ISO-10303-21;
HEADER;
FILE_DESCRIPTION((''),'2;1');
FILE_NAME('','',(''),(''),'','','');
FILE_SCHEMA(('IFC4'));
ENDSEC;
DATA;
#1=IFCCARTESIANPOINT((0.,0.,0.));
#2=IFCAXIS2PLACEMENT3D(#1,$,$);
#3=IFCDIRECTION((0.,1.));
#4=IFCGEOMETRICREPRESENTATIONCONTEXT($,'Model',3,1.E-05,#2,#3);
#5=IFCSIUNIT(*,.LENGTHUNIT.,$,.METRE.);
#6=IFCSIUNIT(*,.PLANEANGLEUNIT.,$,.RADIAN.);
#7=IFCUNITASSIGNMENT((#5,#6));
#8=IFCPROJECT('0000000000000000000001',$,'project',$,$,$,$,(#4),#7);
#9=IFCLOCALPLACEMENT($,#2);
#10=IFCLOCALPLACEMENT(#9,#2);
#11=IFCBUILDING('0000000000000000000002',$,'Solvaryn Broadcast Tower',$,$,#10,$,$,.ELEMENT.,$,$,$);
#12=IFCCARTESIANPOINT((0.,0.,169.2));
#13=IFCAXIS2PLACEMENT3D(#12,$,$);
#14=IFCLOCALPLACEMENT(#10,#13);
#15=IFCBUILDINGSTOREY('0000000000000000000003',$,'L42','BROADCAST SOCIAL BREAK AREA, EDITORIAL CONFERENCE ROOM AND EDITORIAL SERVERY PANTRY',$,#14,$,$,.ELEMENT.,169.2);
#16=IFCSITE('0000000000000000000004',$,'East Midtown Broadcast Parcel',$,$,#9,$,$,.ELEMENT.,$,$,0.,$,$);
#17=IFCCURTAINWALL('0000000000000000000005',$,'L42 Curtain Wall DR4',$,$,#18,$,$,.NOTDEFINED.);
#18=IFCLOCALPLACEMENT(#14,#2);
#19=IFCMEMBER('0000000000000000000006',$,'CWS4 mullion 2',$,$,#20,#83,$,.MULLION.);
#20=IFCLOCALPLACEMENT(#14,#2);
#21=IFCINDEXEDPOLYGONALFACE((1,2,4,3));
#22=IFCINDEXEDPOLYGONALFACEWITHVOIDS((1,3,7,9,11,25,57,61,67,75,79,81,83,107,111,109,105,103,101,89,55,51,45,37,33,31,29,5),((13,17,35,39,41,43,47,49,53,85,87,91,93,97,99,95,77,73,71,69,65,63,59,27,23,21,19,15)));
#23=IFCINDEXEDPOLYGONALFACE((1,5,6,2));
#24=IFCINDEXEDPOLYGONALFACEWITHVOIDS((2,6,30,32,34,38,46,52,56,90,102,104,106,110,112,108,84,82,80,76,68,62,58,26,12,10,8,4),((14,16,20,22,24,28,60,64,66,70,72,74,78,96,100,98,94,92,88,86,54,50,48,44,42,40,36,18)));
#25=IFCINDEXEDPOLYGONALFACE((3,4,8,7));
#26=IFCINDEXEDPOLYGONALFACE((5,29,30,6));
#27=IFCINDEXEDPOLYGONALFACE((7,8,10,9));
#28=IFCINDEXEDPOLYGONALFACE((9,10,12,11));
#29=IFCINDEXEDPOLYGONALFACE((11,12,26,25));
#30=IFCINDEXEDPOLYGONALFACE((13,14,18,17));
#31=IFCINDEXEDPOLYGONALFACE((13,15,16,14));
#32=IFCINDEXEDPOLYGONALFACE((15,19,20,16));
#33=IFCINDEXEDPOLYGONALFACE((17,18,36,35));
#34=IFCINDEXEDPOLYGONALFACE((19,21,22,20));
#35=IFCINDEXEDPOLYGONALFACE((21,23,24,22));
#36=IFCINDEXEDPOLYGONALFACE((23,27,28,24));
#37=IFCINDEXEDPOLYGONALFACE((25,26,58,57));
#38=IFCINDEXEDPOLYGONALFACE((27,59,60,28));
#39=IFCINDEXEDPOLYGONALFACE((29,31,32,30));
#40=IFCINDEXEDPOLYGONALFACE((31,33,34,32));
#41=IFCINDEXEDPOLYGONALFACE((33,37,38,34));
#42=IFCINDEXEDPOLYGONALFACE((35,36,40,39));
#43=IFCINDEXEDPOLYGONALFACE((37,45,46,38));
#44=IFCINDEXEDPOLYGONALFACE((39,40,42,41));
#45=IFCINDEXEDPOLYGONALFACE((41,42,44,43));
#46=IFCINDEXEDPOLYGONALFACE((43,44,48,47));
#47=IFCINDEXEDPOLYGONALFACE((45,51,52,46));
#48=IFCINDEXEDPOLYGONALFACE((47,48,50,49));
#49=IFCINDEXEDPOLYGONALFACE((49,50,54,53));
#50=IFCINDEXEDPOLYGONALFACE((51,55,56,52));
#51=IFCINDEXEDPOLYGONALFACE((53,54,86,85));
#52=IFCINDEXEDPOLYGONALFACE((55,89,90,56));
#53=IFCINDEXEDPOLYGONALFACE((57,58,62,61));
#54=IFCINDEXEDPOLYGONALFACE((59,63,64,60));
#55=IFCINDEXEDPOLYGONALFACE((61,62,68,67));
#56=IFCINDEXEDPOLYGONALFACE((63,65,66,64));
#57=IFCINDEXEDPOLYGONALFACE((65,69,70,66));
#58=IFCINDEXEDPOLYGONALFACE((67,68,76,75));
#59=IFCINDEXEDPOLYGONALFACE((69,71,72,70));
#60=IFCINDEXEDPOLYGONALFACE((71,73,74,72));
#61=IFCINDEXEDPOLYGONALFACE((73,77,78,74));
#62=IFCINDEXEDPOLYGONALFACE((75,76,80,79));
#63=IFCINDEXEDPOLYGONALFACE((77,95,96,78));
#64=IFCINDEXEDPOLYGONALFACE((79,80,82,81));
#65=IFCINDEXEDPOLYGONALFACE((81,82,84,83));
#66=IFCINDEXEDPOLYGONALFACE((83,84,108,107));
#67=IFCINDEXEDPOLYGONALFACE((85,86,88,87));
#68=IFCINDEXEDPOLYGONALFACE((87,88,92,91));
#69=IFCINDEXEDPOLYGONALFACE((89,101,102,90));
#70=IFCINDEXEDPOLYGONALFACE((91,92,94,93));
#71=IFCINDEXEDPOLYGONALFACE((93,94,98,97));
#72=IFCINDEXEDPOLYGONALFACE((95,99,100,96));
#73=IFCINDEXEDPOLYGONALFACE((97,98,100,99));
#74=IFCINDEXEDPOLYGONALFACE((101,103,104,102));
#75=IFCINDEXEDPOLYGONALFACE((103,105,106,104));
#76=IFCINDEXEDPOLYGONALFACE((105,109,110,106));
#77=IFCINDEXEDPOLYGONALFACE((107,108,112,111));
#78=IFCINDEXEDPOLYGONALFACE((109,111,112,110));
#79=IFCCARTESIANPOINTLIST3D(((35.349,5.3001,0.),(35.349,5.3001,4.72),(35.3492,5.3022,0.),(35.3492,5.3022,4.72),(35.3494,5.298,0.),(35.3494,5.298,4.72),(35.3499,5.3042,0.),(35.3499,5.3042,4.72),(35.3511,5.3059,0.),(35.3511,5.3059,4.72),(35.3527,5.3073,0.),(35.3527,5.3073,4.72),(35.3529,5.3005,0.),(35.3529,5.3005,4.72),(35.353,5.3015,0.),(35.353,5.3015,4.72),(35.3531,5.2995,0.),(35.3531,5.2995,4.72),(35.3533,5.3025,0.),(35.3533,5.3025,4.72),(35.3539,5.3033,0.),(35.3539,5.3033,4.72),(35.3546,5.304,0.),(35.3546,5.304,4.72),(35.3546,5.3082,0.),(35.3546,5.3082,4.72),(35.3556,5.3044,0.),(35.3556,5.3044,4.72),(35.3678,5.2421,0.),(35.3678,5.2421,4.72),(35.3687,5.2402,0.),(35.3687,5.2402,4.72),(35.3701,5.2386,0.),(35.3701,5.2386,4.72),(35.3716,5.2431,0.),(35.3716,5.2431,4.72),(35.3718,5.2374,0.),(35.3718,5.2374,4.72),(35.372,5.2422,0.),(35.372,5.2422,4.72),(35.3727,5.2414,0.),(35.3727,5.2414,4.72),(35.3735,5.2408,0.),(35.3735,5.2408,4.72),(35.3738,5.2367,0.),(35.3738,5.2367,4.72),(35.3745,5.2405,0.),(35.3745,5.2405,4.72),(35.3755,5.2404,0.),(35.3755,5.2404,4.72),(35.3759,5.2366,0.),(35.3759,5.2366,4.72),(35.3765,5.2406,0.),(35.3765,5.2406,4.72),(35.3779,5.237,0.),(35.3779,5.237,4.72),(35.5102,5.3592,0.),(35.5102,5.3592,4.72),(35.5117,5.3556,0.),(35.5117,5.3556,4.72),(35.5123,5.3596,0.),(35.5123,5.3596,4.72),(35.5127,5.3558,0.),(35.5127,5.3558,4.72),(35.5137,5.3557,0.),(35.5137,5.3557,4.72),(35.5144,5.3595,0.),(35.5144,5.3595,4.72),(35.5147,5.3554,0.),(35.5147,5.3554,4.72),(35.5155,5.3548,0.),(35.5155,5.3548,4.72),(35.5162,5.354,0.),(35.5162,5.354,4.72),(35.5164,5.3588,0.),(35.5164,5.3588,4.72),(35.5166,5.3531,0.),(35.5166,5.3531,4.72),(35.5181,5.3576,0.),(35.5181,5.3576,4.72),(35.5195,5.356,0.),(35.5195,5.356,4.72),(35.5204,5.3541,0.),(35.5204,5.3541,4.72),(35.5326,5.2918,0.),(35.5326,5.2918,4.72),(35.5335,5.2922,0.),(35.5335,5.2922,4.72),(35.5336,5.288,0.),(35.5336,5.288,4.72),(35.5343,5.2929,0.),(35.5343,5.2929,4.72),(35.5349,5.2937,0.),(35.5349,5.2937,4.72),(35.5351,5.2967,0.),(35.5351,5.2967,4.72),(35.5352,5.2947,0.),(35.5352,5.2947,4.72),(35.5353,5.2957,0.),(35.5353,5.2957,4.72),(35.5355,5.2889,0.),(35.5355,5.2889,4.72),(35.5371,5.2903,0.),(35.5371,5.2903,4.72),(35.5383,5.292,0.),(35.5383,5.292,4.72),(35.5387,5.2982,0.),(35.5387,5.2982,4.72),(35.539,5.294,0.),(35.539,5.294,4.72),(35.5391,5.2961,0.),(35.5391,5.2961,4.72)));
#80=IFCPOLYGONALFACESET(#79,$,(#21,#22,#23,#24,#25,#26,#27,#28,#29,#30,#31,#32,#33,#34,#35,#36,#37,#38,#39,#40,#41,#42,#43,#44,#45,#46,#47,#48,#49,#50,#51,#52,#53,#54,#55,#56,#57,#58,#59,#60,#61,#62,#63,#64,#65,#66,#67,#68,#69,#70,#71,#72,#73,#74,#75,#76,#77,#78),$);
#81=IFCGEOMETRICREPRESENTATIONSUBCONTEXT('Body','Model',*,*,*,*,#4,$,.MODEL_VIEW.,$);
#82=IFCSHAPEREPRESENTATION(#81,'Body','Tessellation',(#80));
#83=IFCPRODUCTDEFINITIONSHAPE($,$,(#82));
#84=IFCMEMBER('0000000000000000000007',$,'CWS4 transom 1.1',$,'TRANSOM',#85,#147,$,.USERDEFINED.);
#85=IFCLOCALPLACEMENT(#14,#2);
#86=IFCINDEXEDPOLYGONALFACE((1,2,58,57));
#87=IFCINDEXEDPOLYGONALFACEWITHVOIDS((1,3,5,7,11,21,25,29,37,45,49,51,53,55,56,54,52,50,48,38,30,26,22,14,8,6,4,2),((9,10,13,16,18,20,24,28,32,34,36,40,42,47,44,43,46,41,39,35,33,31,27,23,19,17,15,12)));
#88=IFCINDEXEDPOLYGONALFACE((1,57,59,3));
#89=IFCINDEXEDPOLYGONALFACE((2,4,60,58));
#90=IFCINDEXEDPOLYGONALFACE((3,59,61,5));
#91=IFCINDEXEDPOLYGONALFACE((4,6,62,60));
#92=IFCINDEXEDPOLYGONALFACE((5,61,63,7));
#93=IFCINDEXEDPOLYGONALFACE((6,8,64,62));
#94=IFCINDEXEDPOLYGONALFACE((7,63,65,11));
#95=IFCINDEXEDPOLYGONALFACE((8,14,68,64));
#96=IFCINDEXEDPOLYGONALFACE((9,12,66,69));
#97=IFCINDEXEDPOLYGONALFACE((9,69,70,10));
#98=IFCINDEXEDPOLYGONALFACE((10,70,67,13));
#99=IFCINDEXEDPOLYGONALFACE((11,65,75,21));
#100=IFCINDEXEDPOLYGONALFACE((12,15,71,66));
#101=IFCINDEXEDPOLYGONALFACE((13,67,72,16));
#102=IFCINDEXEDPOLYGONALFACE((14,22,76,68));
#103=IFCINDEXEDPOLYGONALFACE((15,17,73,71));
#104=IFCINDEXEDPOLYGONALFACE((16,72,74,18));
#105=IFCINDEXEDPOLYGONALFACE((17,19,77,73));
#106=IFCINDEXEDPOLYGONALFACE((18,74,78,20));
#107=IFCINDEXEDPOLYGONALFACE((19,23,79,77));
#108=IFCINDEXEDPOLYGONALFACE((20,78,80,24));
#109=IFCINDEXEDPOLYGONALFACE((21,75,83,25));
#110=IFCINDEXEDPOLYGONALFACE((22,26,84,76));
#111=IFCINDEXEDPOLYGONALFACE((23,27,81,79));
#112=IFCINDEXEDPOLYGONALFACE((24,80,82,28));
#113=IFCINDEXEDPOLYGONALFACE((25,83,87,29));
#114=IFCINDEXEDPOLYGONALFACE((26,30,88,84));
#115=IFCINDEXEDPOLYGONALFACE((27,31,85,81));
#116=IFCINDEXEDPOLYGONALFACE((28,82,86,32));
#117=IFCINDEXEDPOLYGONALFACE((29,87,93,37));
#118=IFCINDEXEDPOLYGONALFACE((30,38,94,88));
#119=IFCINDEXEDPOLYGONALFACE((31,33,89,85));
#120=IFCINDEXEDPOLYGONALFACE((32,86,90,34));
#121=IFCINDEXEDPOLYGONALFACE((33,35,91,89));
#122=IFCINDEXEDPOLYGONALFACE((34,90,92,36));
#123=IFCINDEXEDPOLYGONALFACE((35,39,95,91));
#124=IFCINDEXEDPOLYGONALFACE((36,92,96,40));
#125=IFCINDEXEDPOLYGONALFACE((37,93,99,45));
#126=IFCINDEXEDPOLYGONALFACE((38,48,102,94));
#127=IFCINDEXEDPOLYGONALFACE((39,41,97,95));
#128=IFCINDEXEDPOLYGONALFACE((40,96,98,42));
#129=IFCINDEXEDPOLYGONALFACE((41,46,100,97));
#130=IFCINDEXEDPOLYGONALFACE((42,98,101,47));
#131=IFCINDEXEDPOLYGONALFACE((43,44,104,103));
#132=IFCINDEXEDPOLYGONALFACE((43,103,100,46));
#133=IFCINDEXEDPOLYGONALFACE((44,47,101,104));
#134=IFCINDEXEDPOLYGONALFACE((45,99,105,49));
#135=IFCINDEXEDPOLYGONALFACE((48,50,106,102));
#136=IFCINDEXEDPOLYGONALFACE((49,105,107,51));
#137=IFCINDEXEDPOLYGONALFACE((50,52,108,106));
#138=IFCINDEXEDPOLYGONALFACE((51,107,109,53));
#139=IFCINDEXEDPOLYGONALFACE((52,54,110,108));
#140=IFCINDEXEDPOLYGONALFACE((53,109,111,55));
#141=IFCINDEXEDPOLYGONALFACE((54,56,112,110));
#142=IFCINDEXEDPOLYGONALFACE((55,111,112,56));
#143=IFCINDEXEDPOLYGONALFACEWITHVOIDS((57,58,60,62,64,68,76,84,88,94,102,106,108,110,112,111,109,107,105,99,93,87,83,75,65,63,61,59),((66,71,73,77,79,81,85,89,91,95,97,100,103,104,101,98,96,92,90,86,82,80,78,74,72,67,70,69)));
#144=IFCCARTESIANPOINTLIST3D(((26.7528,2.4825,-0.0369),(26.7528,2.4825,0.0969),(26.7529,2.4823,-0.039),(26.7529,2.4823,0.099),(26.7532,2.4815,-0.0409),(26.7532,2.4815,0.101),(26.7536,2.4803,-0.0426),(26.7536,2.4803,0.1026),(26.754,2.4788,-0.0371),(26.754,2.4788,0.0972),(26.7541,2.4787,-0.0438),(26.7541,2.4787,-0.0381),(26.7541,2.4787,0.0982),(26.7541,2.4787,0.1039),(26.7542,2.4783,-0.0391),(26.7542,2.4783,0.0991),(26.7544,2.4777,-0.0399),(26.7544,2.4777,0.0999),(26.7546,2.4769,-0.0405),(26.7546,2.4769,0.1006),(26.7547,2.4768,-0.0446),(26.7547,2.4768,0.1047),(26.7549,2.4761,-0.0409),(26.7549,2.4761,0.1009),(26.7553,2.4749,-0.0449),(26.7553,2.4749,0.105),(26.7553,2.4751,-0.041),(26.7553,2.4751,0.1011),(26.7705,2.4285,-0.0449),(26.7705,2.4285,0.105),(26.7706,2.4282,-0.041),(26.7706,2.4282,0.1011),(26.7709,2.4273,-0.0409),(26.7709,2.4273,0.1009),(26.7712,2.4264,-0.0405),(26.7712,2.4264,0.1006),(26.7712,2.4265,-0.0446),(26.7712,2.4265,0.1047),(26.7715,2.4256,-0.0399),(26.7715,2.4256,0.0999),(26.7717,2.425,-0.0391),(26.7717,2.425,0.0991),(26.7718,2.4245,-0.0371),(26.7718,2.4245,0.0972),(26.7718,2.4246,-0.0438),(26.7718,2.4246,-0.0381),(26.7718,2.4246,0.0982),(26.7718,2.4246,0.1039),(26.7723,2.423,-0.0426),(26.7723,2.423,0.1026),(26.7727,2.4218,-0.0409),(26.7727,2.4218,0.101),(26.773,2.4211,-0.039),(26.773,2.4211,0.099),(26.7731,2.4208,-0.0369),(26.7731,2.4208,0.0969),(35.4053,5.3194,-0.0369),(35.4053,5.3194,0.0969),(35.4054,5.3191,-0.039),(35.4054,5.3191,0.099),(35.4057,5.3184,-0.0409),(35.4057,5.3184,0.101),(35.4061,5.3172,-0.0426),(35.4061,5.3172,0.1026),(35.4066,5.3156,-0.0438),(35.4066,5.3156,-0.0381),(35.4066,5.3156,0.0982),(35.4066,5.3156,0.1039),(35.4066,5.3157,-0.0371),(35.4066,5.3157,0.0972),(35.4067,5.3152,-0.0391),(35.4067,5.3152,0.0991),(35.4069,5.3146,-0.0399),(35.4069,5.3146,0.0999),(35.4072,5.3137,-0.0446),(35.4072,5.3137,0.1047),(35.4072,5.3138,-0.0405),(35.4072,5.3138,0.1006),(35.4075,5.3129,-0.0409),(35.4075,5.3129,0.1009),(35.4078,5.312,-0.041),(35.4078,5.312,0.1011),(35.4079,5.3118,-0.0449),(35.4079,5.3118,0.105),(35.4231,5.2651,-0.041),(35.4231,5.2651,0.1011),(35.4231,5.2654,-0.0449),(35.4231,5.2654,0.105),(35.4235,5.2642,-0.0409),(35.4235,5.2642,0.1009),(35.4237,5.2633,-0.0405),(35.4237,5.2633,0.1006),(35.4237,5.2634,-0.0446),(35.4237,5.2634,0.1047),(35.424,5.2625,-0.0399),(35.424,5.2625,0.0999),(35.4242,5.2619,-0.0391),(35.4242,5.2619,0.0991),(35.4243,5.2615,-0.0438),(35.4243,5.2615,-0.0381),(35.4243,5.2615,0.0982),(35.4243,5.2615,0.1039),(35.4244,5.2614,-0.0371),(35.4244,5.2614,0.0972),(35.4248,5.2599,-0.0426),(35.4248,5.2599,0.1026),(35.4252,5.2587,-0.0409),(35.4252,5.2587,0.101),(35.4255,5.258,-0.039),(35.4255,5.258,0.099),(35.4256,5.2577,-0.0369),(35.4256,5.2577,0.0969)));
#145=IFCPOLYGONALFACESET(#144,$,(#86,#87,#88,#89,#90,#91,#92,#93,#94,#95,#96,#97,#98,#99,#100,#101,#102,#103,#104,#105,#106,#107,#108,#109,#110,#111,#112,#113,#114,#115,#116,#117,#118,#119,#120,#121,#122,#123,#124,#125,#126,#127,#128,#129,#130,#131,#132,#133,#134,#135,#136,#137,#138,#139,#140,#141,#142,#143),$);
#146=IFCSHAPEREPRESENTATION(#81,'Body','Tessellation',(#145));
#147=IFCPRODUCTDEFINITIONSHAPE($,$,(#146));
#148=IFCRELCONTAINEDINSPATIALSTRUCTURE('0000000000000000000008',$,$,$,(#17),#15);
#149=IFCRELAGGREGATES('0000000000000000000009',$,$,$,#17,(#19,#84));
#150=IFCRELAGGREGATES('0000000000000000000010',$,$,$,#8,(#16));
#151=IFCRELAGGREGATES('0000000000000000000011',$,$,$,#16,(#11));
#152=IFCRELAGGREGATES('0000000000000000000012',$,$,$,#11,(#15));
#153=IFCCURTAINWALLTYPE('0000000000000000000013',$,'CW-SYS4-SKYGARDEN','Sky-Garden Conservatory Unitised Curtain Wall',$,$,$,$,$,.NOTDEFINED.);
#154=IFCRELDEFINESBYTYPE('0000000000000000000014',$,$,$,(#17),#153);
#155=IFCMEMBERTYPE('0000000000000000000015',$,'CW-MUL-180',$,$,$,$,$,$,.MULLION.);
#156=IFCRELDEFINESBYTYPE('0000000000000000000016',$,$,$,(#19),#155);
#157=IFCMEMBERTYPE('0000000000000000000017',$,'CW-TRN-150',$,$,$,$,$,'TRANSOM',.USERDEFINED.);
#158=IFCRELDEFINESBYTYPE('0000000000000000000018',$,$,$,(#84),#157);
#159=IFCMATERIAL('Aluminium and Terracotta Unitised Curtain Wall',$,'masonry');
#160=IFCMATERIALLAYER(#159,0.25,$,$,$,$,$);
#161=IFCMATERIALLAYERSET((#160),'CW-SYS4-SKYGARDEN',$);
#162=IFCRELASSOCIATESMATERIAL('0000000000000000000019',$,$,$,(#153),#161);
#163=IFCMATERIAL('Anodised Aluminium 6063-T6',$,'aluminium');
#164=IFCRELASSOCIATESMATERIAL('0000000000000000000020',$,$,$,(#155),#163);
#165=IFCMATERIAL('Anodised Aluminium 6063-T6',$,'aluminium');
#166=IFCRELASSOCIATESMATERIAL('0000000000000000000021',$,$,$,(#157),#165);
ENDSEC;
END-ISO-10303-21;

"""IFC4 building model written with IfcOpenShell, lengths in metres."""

from ifc_helpers import new_model, si_unit, direction, frame, origin, origin_2d, place, context, subcontext, project, spatial, hollow_rectangle, extrude, material, layer, layer_set, material_profile, profile_set, type_object, element, aggregate, save


model = new_model("IFC4")

# Units and contexts
model_context = context("Model", 3, precision=1e-05, world=origin(), true_north=direction((0.0, 1.0)))
body_context = subcontext(model_context, "Body", "Model", "MODEL_VIEW")
ifc_project = project(units=[si_unit("LENGTHUNIT", "METRE"), si_unit("PLANEANGLEUNIT", "RADIAN")], contexts=[model_context])

# Site, building, storey
site_placement = place(None, origin())
site = spatial("IfcSite", under=ifc_project, at=site_placement, Name="East Midtown Broadcast Parcel", CompositionType="ELEMENT", RefElevation=0.0)
building_placement = place(site_placement, origin())
building = spatial("IfcBuilding", under=site, at=building_placement, Name="Solvaryn Broadcast Tower", CompositionType="ELEMENT")
storey_placement = place(building_placement, frame((0.0, 0.0, 169.2)))
storey = spatial("IfcBuildingStorey", under=building, at=storey_placement, Name="L42", Description="BROADCAST SOCIAL BREAK AREA, EDITORIAL CONFERENCE ROOM AND EDITORIAL SERVERY PANTRY", CompositionType="ELEMENT", Elevation=169.2)

# Shared definitions
ifc_material_1 = material(Name="Aluminium and Terracotta Unitised Curtain Wall", Category="masonry")
ifc_layer_1 = layer(ifc_material_1, 0.25)
ifc_layer_set_1 = layer_set([ifc_layer_1], Name="CW-SYS4-SKYGARDEN")
curtain_wall_type = type_object("IfcCurtainWallType", Name="CW-SYS4-SKYGARDEN", Description="Sky-Garden Conservatory Unitised Curtain Wall", PredefinedType="NOTDEFINED", material=ifc_layer_set_1)
ifc_material_2 = material(Name="Anodised Aluminium 6063-T6", Category="aluminium")
ifc_material_profile_1 = material_profile(ifc_material_2, hollow_rectangle(XDim=0.075, YDim=0.1799, WallThickness=0.0039, InnerFilletRadius=0.0039, OuterFilletRadius=0.0081, at=origin_2d()))
ifc_profile_set_1 = profile_set([ifc_material_profile_1], Name="Anodised Aluminium 6063-T6")
member_type_1 = type_object("IfcMemberType", Name="CW-MUL-180", PredefinedType="MULLION", material=ifc_profile_set_1)

# Curtain wall, members
curtain_wall_1_placement = place(storey_placement, origin())
curtain_wall_1 = element("IfcCurtainWall", 1, at=curtain_wall_1_placement, inside=storey, type_object=curtain_wall_type, Name="L42 Curtain Wall DR4", PredefinedType="NOTDEFINED")
member_1_placement = place(storey_placement, frame((35.4441, 5.2981, 0.0), z_axis=(0.0, 0.0, 1.0), x_axis=(-0.311559, 0.950227, 0.0)))
member_1 = element("IfcMember", 2, at=member_1_placement, type_object=member_type_1, Name="CWS4 mullion 2", PredefinedType="MULLION", context=body_context, shape_type="SweptSolid", body=[
    extrude(hollow_rectangle(XDim=0.075, YDim=0.1799, WallThickness=0.0039, InnerFilletRadius=0.0039, OuterFilletRadius=0.0081, at=origin_2d()), origin(), (0.0, 0.0, 1.0), 4.72),
])
ifc_material_3 = material(Name="Anodised Aluminium 6063-T6", Category="aluminium")
ifc_material_profile_2 = material_profile(ifc_material_3, hollow_rectangle(XDim=0.0649, YDim=0.1499, WallThickness=0.0039, InnerFilletRadius=0.0039, OuterFilletRadius=0.0081, at=origin_2d()))
ifc_profile_set_2 = profile_set([ifc_material_profile_2], Name="Anodised Aluminium 6063-T6")
member_type_2 = type_object("IfcMemberType", Name="CW-TRN-150", ElementType="TRANSOM", PredefinedType="USERDEFINED", material=ifc_profile_set_2)
member_2_placement = place(storey_placement, frame((26.7629, 2.4517, 0.03), z_axis=(0.95023, 0.311551, 0.0), x_axis=(-0.311551, 0.95023, 0.0)))
member_2 = element("IfcMember", 3, at=member_2_placement, type_object=member_type_2, Name="CWS4 transom 1.1", ObjectType="TRANSOM", PredefinedType="USERDEFINED", context=body_context, shape_type="SweptSolid", body=[
    extrude(hollow_rectangle(XDim=0.0649, YDim=0.1499, WallThickness=0.0039, InnerFilletRadius=0.0039, OuterFilletRadius=0.0081, at=origin_2d()), origin(), (0.0, 0.0, 1.0), 9.1057),
])

aggregate(curtain_wall_1, [member_1, member_2])

save(model, "model.ifc")
